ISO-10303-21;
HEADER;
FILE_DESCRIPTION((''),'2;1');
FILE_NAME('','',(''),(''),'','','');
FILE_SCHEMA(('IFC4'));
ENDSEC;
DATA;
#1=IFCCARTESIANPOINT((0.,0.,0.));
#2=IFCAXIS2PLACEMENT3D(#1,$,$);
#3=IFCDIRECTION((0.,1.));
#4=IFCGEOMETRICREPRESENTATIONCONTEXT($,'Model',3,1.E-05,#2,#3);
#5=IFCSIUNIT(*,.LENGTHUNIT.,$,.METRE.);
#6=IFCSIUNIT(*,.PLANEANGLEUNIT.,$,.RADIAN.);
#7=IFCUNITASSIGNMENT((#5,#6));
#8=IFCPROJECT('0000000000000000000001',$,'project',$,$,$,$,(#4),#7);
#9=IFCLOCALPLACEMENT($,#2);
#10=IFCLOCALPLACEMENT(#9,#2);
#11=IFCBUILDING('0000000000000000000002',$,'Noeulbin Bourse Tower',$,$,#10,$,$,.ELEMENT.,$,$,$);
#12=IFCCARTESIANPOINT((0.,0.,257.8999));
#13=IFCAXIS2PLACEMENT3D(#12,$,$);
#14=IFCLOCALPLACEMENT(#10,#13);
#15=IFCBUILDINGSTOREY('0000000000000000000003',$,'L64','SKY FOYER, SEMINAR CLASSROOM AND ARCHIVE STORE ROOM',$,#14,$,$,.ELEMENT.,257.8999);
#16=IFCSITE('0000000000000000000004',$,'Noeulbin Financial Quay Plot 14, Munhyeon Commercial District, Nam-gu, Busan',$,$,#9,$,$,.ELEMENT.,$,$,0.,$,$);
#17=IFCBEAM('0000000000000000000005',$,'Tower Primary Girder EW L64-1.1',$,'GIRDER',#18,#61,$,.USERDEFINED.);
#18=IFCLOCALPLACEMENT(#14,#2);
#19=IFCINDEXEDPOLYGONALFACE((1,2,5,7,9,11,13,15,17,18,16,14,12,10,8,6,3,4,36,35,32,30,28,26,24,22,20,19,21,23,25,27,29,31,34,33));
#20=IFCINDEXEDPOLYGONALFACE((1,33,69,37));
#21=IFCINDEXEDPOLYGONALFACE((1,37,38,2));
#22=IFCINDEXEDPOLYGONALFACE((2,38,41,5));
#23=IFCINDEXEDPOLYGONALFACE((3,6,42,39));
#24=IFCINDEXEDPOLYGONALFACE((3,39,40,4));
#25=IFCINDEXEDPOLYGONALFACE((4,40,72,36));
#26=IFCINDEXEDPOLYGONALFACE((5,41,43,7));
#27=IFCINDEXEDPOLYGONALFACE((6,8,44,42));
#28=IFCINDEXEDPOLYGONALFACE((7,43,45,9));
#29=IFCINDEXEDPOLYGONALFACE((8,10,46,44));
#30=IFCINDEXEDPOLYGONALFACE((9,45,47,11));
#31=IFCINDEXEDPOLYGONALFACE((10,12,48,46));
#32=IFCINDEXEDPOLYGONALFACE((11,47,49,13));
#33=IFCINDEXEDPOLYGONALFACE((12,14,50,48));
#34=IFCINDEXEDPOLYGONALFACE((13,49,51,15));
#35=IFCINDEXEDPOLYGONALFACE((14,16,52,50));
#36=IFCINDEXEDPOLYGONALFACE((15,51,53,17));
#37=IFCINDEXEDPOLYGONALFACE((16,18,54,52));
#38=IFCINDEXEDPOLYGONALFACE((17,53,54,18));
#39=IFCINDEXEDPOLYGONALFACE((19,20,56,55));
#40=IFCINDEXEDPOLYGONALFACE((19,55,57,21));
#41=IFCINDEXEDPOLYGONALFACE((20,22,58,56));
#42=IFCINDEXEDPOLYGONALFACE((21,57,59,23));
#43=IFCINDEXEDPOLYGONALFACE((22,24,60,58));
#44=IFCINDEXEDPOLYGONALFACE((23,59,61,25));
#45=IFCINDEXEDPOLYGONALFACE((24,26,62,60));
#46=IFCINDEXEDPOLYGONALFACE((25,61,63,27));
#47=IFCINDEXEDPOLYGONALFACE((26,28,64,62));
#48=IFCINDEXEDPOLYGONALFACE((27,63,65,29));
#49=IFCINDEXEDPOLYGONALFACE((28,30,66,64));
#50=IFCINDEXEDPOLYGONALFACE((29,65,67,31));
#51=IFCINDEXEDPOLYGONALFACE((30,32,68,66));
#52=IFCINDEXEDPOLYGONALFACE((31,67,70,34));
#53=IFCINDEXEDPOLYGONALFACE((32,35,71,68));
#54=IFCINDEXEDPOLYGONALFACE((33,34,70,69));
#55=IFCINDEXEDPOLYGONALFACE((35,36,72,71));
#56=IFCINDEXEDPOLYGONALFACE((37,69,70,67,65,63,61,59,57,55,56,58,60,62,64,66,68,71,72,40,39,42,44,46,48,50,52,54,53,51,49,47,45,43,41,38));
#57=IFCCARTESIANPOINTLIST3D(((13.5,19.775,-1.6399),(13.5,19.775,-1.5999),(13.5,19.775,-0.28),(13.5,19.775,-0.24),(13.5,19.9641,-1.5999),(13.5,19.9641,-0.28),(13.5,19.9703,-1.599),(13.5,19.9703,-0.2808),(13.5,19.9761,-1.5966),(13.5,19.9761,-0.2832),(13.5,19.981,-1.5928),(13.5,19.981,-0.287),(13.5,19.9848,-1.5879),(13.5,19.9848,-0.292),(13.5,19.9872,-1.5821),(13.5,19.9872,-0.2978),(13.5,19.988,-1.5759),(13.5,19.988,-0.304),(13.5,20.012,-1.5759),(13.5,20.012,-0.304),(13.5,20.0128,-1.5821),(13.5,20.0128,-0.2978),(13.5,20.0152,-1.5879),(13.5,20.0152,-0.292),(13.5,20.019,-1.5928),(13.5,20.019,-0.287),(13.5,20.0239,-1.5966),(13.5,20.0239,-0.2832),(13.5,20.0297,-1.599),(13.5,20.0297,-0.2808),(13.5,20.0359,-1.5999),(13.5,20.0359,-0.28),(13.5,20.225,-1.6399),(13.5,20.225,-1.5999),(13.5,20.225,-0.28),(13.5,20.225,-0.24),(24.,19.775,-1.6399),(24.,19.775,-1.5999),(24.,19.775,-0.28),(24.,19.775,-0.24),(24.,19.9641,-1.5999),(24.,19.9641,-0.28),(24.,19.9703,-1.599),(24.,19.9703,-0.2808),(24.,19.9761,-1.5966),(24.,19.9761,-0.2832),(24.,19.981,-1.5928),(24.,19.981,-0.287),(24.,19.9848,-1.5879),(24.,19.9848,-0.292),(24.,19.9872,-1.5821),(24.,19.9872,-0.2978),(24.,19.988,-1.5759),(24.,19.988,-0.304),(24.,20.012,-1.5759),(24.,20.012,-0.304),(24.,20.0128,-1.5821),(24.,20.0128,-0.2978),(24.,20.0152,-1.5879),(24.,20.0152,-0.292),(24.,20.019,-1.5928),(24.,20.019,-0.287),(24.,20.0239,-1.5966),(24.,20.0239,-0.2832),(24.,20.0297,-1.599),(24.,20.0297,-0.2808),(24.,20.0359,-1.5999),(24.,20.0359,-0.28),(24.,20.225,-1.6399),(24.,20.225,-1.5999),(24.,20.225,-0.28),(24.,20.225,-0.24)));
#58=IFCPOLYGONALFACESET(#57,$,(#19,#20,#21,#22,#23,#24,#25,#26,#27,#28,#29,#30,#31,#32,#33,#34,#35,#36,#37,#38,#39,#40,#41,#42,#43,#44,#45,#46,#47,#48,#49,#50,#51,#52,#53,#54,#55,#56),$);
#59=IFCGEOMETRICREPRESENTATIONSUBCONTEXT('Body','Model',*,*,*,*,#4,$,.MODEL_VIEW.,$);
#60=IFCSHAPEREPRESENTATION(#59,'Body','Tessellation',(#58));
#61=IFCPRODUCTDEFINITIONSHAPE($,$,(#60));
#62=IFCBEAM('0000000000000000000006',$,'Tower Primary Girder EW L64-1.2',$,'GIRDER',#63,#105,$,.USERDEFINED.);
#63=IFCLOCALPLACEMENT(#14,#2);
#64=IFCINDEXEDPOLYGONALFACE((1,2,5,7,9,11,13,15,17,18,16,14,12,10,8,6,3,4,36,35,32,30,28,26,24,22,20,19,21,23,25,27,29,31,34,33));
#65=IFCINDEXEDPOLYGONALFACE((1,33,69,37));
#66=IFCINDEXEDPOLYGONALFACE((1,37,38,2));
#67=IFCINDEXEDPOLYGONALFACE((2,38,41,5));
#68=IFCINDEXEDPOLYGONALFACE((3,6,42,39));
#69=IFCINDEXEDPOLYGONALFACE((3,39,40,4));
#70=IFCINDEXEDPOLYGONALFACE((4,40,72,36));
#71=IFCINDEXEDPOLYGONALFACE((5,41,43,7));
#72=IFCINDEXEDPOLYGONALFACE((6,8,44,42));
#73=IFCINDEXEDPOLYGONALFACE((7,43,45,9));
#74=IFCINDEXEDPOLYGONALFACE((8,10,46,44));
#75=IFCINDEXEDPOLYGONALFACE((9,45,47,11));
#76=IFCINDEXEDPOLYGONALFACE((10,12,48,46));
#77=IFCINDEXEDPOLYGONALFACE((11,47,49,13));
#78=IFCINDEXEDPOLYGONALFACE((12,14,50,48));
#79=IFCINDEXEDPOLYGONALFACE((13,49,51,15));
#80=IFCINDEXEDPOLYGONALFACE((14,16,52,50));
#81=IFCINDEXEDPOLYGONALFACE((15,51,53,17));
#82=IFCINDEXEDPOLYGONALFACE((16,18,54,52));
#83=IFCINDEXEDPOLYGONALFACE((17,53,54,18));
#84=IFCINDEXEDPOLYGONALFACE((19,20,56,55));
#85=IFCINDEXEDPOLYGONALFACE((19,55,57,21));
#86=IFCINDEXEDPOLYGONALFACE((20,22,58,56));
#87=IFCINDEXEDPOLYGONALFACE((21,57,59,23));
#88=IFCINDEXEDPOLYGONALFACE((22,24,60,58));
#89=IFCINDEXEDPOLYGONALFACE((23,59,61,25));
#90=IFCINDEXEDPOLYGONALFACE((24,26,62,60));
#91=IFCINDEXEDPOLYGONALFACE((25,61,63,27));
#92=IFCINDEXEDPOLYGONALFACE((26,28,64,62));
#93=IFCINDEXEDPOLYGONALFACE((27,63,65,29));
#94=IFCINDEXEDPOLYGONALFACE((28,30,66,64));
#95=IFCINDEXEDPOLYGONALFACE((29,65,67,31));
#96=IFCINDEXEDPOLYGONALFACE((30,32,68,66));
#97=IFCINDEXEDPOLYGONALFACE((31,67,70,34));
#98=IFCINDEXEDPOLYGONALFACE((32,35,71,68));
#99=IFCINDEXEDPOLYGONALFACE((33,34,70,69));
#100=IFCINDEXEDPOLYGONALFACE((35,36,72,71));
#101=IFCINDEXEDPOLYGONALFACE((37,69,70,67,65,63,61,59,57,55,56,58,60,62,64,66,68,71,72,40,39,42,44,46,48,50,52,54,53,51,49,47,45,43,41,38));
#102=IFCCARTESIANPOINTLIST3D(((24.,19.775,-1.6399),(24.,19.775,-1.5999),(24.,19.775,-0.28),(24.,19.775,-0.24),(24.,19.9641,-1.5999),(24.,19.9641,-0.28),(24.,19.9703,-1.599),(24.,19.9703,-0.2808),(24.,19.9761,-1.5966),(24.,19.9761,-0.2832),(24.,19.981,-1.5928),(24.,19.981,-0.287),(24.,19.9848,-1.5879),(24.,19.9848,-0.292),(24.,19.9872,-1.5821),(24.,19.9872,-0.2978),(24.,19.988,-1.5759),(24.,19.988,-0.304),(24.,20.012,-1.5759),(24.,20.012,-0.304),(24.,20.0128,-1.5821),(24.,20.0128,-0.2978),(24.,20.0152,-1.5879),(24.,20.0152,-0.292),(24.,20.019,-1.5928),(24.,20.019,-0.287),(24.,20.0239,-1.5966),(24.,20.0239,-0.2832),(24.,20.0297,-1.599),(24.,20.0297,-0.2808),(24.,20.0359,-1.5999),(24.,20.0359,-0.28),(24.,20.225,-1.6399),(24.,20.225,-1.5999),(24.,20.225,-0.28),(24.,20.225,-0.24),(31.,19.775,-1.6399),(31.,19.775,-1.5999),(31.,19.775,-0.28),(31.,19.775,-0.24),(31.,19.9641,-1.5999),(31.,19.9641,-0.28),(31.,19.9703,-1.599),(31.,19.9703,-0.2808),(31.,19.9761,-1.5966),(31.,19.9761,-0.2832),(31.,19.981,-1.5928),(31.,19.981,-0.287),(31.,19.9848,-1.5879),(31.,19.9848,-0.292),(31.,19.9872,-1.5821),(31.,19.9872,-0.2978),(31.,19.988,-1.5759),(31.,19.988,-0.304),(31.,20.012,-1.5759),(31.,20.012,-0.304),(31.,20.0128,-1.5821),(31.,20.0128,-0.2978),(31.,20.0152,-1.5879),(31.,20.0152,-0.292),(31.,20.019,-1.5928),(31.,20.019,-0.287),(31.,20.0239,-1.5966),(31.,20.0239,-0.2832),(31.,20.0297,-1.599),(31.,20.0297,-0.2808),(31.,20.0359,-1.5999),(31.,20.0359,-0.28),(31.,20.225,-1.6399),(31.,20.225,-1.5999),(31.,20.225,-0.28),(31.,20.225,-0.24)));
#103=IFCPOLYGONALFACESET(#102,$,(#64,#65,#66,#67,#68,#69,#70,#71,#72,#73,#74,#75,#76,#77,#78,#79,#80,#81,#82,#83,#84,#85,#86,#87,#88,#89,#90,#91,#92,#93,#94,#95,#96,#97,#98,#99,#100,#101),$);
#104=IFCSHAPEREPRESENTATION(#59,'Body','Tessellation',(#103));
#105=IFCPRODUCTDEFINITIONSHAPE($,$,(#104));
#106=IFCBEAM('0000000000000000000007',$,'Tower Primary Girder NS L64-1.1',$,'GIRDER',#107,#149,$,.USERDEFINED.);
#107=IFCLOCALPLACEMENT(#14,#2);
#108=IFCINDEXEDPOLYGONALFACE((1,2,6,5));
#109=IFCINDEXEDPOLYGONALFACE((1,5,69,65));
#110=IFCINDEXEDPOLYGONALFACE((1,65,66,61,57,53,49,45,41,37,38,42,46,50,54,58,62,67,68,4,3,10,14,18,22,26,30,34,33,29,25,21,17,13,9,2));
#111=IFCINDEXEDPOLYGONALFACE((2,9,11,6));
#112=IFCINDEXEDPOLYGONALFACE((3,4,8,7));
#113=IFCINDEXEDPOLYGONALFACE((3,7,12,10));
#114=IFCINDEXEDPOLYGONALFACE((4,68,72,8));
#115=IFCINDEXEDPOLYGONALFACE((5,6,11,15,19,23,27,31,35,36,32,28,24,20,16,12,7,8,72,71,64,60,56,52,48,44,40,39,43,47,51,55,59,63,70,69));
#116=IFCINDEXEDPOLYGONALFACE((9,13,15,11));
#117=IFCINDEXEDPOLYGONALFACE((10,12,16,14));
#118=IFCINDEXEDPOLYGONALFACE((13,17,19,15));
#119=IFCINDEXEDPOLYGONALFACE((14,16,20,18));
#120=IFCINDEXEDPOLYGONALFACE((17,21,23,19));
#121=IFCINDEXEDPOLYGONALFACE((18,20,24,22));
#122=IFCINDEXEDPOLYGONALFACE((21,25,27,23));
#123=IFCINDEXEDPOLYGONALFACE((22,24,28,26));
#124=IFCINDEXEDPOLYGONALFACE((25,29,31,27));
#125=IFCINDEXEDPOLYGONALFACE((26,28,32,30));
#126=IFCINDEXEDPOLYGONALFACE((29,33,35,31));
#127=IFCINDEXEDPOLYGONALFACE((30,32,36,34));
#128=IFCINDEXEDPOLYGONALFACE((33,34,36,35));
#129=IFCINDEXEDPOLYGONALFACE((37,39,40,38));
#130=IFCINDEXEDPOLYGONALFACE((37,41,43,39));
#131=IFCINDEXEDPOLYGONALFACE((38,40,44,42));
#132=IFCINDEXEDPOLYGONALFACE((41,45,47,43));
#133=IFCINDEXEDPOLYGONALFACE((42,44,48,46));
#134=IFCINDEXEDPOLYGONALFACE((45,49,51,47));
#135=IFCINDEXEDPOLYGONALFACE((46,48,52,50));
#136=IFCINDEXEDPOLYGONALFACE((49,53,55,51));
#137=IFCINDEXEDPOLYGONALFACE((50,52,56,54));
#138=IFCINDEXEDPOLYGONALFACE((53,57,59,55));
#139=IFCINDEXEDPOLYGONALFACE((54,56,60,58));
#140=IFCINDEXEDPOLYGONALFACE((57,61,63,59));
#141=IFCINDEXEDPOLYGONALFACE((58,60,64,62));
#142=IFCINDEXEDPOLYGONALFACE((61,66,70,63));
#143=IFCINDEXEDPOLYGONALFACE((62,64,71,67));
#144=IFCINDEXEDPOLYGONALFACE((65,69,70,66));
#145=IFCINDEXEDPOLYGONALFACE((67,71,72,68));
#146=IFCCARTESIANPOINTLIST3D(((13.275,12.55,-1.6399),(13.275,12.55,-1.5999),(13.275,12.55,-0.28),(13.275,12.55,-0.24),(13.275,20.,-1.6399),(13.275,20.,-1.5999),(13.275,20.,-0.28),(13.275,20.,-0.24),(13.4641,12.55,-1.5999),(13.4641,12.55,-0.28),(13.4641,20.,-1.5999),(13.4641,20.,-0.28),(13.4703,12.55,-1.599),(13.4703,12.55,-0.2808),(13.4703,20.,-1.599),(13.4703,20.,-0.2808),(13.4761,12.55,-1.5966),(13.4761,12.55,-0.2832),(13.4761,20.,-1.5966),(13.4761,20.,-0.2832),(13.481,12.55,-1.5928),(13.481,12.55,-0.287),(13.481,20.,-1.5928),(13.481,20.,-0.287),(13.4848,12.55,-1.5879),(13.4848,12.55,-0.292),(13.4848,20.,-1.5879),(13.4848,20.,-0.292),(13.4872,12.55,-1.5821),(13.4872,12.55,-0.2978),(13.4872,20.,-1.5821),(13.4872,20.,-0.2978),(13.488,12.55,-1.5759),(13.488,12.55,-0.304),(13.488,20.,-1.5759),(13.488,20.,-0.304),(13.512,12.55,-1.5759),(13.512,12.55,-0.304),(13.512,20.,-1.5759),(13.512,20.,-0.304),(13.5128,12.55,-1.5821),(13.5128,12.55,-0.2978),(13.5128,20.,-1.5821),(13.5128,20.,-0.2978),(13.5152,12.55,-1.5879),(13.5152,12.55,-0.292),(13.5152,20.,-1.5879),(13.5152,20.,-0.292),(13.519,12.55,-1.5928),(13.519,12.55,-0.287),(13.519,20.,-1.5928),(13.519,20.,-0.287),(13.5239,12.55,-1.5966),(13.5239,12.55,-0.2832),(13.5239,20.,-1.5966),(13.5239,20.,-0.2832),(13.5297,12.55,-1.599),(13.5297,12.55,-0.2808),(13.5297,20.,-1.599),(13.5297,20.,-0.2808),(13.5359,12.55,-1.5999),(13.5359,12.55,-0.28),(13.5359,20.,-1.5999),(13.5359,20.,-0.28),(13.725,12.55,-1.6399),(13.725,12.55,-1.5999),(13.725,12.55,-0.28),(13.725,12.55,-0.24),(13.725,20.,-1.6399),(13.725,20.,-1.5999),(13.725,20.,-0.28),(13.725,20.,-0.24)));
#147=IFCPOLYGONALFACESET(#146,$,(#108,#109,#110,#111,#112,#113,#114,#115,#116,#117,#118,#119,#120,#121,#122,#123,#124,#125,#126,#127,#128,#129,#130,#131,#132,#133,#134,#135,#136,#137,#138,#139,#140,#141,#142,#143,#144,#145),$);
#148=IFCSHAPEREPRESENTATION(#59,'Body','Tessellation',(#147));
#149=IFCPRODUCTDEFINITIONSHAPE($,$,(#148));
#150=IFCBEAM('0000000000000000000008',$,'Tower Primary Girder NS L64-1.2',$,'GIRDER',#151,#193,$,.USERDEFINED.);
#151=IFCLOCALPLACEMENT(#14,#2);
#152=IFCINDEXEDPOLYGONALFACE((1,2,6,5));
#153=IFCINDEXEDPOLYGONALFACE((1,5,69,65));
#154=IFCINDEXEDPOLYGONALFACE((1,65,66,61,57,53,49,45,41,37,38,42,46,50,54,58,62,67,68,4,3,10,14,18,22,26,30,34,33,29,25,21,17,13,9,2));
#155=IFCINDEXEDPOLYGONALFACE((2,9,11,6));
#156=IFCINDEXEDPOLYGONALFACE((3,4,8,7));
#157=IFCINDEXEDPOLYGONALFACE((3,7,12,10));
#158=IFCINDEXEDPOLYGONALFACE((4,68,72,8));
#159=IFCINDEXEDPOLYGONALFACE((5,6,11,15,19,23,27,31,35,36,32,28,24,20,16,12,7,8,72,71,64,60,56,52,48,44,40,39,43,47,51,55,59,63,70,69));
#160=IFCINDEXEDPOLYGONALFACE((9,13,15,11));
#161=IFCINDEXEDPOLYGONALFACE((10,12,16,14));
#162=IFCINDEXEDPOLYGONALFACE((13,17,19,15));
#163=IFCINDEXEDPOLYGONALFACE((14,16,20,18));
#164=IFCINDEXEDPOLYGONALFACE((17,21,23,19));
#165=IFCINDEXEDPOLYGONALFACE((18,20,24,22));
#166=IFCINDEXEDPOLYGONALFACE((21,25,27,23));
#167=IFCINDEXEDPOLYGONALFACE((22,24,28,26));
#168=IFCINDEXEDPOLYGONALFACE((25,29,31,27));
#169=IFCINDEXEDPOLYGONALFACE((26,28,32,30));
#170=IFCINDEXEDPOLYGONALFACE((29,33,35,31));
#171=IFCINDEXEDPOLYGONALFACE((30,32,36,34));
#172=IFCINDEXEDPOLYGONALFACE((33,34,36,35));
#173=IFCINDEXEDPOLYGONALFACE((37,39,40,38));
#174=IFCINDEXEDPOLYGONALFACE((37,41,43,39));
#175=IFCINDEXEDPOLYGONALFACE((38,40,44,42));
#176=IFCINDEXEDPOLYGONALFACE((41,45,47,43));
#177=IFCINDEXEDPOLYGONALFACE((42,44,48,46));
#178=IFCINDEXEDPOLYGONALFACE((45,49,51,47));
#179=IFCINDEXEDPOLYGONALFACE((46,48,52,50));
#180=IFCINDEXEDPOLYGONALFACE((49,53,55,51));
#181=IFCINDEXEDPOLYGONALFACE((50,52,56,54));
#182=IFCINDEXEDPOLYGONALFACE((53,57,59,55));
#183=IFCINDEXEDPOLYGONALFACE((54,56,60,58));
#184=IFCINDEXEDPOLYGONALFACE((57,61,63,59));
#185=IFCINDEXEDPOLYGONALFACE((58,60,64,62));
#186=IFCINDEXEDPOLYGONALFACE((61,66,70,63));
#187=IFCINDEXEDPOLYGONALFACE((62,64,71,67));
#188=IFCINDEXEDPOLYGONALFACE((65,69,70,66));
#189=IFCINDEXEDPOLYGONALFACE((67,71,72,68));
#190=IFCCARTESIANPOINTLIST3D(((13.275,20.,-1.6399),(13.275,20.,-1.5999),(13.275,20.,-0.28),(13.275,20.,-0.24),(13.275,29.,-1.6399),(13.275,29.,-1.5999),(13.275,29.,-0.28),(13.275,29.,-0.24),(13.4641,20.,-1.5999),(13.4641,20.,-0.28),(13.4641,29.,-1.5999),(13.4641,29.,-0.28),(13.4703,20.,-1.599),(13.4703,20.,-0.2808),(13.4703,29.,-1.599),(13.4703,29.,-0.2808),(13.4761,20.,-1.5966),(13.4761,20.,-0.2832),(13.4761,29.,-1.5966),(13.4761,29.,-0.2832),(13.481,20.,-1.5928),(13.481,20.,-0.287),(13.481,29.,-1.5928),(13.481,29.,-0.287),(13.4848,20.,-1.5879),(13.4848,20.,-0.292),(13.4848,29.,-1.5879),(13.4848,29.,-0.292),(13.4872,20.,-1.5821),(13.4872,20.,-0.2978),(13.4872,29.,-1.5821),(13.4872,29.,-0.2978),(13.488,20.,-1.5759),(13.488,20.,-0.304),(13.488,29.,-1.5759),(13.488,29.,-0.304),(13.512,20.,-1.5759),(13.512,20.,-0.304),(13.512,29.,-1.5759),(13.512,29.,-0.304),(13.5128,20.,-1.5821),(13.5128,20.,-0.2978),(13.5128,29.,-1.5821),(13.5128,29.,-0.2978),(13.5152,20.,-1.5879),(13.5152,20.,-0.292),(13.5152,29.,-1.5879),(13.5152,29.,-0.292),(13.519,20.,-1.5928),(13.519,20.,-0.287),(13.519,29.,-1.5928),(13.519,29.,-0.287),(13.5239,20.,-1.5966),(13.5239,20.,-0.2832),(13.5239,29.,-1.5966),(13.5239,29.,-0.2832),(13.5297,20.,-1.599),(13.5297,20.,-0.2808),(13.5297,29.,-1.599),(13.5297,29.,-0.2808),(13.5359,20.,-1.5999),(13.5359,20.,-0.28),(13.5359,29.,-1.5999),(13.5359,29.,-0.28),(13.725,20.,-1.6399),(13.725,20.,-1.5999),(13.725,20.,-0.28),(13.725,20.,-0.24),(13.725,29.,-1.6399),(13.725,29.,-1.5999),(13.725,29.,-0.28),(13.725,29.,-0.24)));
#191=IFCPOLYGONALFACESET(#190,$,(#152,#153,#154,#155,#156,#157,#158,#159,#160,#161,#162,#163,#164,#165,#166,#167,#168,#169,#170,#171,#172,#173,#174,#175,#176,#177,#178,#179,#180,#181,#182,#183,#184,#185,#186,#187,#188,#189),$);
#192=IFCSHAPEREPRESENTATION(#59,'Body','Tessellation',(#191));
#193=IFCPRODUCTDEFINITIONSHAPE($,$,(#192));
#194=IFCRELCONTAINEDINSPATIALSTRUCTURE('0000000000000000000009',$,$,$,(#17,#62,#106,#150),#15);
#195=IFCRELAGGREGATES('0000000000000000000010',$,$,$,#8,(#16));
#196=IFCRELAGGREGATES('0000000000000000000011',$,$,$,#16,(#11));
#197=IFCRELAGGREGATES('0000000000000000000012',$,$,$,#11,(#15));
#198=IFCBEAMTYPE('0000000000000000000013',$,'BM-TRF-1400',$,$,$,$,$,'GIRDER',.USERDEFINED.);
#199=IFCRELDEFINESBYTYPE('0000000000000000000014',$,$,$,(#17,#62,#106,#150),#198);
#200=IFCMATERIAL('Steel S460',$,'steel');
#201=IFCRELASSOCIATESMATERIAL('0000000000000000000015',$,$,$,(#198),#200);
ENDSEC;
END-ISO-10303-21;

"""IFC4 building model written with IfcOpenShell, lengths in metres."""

from ifc_helpers import new_model, si_unit, direction, frame, origin, origin_2d, place, context, subcontext, project, spatial, i_section, extrude, material, material_profile, profile_set, type_object, element, save


model = new_model("IFC4")

# Units and contexts
model_context = context("Model", 3, precision=1e-05, world=origin(), true_north=direction((0.0, 1.0)))
body_context = subcontext(model_context, "Body", "Model", "MODEL_VIEW")
ifc_project = project(units=[si_unit("LENGTHUNIT", "METRE"), si_unit("PLANEANGLEUNIT", "RADIAN")], contexts=[model_context])

# Site, building, storey
site_placement = place(None, origin())
site = spatial("IfcSite", under=ifc_project, at=site_placement, Name="Noeulbin Financial Quay Plot 14, Munhyeon Commercial District, Nam-gu, Busan", CompositionType="ELEMENT", RefElevation=0.0)
building_placement = place(site_placement, origin())
building = spatial("IfcBuilding", under=site, at=building_placement, Name="Noeulbin Bourse Tower", CompositionType="ELEMENT")
storey_placement = place(building_placement, frame((0.0, 0.0, 257.8999)))
storey = spatial("IfcBuildingStorey", under=building, at=storey_placement, Name="L64", Description="SKY FOYER, SEMINAR CLASSROOM AND ARCHIVE STORE ROOM", CompositionType="ELEMENT", Elevation=257.8999)

# Beams
ifc_material_1 = material(Name="Steel S460", Category="steel")
ifc_material_profile_1 = material_profile(ifc_material_1, i_section(OverallWidth=0.45, OverallDepth=1.3999, WebThickness=0.0239, FlangeThickness=0.04, FilletRadius=0.0239, at=origin_2d()), Name="PG-1400x450x24x40", Category="LoadBearing")
ifc_profile_set_1 = profile_set([ifc_material_profile_1], Name="Steel S460")
beam_type_1 = type_object("IfcBeamType", Name="BM-TRF-1400", ElementType="GIRDER", PredefinedType="USERDEFINED", material=ifc_profile_set_1)
beam_1_placement = place(storey_placement, frame((13.5, 20.0, -0.9399), z_axis=(1.0, 0.0, 0.0), x_axis=(0.0, 1.0, 0.0)))
element("IfcBeam", 1, at=beam_1_placement, inside=storey, type_object=beam_type_1, Name="Tower Primary Girder EW L64-1.1", ObjectType="GIRDER", PredefinedType="USERDEFINED", context=body_context, shape_type="SweptSolid", body=[
    extrude(i_section(OverallWidth=0.45, OverallDepth=1.3999, WebThickness=0.0239, FlangeThickness=0.04, FilletRadius=0.0239, at=origin_2d()), origin(), (0.0, 0.0, 1.0), 10.5),
])
beam_2_placement = place(storey_placement, frame((24.0, 20.0, -0.9399), z_axis=(1.0, 0.0, 0.0), x_axis=(0.0, 1.0, 0.0)))
element("IfcBeam", 2, at=beam_2_placement, inside=storey, type_object=beam_type_1, Name="Tower Primary Girder EW L64-1.2", ObjectType="GIRDER", PredefinedType="USERDEFINED", context=body_context, shape_type="SweptSolid", body=[
    extrude(i_section(OverallWidth=0.45, OverallDepth=1.3999, WebThickness=0.0239, FlangeThickness=0.04, FilletRadius=0.0239, at=origin_2d()), origin(), (0.0, 0.0, 1.0), 7.0),
])
beam_3_placement = place(storey_placement, frame((13.5, 12.55, -0.9399), z_axis=(0.0, 1.0, 0.0), x_axis=(-1.0, 0.0, 0.0)))
element("IfcBeam", 3, at=beam_3_placement, inside=storey, type_object=beam_type_1, Name="Tower Primary Girder NS L64-1.1", ObjectType="GIRDER", PredefinedType="USERDEFINED", context=body_context, shape_type="SweptSolid", body=[
    extrude(i_section(OverallWidth=0.45, OverallDepth=1.3999, WebThickness=0.0239, FlangeThickness=0.04, FilletRadius=0.0239, at=origin_2d()), origin(), (0.0, 0.0, 1.0), 7.45),
])
beam_4_placement = place(storey_placement, frame((13.5, 20.0, -0.9399), z_axis=(0.0, 1.0, 0.0), x_axis=(-1.0, 0.0, 0.0)))
element("IfcBeam", 4, at=beam_4_placement, inside=storey, type_object=beam_type_1, Name="Tower Primary Girder NS L64-1.2", ObjectType="GIRDER", PredefinedType="USERDEFINED", context=body_context, shape_type="SweptSolid", body=[
    extrude(i_section(OverallWidth=0.45, OverallDepth=1.3999, WebThickness=0.0239, FlangeThickness=0.04, FilletRadius=0.0239, at=origin_2d()), origin(), (0.0, 0.0, 1.0), 9.0),
])

save(model, "model.ifc")
